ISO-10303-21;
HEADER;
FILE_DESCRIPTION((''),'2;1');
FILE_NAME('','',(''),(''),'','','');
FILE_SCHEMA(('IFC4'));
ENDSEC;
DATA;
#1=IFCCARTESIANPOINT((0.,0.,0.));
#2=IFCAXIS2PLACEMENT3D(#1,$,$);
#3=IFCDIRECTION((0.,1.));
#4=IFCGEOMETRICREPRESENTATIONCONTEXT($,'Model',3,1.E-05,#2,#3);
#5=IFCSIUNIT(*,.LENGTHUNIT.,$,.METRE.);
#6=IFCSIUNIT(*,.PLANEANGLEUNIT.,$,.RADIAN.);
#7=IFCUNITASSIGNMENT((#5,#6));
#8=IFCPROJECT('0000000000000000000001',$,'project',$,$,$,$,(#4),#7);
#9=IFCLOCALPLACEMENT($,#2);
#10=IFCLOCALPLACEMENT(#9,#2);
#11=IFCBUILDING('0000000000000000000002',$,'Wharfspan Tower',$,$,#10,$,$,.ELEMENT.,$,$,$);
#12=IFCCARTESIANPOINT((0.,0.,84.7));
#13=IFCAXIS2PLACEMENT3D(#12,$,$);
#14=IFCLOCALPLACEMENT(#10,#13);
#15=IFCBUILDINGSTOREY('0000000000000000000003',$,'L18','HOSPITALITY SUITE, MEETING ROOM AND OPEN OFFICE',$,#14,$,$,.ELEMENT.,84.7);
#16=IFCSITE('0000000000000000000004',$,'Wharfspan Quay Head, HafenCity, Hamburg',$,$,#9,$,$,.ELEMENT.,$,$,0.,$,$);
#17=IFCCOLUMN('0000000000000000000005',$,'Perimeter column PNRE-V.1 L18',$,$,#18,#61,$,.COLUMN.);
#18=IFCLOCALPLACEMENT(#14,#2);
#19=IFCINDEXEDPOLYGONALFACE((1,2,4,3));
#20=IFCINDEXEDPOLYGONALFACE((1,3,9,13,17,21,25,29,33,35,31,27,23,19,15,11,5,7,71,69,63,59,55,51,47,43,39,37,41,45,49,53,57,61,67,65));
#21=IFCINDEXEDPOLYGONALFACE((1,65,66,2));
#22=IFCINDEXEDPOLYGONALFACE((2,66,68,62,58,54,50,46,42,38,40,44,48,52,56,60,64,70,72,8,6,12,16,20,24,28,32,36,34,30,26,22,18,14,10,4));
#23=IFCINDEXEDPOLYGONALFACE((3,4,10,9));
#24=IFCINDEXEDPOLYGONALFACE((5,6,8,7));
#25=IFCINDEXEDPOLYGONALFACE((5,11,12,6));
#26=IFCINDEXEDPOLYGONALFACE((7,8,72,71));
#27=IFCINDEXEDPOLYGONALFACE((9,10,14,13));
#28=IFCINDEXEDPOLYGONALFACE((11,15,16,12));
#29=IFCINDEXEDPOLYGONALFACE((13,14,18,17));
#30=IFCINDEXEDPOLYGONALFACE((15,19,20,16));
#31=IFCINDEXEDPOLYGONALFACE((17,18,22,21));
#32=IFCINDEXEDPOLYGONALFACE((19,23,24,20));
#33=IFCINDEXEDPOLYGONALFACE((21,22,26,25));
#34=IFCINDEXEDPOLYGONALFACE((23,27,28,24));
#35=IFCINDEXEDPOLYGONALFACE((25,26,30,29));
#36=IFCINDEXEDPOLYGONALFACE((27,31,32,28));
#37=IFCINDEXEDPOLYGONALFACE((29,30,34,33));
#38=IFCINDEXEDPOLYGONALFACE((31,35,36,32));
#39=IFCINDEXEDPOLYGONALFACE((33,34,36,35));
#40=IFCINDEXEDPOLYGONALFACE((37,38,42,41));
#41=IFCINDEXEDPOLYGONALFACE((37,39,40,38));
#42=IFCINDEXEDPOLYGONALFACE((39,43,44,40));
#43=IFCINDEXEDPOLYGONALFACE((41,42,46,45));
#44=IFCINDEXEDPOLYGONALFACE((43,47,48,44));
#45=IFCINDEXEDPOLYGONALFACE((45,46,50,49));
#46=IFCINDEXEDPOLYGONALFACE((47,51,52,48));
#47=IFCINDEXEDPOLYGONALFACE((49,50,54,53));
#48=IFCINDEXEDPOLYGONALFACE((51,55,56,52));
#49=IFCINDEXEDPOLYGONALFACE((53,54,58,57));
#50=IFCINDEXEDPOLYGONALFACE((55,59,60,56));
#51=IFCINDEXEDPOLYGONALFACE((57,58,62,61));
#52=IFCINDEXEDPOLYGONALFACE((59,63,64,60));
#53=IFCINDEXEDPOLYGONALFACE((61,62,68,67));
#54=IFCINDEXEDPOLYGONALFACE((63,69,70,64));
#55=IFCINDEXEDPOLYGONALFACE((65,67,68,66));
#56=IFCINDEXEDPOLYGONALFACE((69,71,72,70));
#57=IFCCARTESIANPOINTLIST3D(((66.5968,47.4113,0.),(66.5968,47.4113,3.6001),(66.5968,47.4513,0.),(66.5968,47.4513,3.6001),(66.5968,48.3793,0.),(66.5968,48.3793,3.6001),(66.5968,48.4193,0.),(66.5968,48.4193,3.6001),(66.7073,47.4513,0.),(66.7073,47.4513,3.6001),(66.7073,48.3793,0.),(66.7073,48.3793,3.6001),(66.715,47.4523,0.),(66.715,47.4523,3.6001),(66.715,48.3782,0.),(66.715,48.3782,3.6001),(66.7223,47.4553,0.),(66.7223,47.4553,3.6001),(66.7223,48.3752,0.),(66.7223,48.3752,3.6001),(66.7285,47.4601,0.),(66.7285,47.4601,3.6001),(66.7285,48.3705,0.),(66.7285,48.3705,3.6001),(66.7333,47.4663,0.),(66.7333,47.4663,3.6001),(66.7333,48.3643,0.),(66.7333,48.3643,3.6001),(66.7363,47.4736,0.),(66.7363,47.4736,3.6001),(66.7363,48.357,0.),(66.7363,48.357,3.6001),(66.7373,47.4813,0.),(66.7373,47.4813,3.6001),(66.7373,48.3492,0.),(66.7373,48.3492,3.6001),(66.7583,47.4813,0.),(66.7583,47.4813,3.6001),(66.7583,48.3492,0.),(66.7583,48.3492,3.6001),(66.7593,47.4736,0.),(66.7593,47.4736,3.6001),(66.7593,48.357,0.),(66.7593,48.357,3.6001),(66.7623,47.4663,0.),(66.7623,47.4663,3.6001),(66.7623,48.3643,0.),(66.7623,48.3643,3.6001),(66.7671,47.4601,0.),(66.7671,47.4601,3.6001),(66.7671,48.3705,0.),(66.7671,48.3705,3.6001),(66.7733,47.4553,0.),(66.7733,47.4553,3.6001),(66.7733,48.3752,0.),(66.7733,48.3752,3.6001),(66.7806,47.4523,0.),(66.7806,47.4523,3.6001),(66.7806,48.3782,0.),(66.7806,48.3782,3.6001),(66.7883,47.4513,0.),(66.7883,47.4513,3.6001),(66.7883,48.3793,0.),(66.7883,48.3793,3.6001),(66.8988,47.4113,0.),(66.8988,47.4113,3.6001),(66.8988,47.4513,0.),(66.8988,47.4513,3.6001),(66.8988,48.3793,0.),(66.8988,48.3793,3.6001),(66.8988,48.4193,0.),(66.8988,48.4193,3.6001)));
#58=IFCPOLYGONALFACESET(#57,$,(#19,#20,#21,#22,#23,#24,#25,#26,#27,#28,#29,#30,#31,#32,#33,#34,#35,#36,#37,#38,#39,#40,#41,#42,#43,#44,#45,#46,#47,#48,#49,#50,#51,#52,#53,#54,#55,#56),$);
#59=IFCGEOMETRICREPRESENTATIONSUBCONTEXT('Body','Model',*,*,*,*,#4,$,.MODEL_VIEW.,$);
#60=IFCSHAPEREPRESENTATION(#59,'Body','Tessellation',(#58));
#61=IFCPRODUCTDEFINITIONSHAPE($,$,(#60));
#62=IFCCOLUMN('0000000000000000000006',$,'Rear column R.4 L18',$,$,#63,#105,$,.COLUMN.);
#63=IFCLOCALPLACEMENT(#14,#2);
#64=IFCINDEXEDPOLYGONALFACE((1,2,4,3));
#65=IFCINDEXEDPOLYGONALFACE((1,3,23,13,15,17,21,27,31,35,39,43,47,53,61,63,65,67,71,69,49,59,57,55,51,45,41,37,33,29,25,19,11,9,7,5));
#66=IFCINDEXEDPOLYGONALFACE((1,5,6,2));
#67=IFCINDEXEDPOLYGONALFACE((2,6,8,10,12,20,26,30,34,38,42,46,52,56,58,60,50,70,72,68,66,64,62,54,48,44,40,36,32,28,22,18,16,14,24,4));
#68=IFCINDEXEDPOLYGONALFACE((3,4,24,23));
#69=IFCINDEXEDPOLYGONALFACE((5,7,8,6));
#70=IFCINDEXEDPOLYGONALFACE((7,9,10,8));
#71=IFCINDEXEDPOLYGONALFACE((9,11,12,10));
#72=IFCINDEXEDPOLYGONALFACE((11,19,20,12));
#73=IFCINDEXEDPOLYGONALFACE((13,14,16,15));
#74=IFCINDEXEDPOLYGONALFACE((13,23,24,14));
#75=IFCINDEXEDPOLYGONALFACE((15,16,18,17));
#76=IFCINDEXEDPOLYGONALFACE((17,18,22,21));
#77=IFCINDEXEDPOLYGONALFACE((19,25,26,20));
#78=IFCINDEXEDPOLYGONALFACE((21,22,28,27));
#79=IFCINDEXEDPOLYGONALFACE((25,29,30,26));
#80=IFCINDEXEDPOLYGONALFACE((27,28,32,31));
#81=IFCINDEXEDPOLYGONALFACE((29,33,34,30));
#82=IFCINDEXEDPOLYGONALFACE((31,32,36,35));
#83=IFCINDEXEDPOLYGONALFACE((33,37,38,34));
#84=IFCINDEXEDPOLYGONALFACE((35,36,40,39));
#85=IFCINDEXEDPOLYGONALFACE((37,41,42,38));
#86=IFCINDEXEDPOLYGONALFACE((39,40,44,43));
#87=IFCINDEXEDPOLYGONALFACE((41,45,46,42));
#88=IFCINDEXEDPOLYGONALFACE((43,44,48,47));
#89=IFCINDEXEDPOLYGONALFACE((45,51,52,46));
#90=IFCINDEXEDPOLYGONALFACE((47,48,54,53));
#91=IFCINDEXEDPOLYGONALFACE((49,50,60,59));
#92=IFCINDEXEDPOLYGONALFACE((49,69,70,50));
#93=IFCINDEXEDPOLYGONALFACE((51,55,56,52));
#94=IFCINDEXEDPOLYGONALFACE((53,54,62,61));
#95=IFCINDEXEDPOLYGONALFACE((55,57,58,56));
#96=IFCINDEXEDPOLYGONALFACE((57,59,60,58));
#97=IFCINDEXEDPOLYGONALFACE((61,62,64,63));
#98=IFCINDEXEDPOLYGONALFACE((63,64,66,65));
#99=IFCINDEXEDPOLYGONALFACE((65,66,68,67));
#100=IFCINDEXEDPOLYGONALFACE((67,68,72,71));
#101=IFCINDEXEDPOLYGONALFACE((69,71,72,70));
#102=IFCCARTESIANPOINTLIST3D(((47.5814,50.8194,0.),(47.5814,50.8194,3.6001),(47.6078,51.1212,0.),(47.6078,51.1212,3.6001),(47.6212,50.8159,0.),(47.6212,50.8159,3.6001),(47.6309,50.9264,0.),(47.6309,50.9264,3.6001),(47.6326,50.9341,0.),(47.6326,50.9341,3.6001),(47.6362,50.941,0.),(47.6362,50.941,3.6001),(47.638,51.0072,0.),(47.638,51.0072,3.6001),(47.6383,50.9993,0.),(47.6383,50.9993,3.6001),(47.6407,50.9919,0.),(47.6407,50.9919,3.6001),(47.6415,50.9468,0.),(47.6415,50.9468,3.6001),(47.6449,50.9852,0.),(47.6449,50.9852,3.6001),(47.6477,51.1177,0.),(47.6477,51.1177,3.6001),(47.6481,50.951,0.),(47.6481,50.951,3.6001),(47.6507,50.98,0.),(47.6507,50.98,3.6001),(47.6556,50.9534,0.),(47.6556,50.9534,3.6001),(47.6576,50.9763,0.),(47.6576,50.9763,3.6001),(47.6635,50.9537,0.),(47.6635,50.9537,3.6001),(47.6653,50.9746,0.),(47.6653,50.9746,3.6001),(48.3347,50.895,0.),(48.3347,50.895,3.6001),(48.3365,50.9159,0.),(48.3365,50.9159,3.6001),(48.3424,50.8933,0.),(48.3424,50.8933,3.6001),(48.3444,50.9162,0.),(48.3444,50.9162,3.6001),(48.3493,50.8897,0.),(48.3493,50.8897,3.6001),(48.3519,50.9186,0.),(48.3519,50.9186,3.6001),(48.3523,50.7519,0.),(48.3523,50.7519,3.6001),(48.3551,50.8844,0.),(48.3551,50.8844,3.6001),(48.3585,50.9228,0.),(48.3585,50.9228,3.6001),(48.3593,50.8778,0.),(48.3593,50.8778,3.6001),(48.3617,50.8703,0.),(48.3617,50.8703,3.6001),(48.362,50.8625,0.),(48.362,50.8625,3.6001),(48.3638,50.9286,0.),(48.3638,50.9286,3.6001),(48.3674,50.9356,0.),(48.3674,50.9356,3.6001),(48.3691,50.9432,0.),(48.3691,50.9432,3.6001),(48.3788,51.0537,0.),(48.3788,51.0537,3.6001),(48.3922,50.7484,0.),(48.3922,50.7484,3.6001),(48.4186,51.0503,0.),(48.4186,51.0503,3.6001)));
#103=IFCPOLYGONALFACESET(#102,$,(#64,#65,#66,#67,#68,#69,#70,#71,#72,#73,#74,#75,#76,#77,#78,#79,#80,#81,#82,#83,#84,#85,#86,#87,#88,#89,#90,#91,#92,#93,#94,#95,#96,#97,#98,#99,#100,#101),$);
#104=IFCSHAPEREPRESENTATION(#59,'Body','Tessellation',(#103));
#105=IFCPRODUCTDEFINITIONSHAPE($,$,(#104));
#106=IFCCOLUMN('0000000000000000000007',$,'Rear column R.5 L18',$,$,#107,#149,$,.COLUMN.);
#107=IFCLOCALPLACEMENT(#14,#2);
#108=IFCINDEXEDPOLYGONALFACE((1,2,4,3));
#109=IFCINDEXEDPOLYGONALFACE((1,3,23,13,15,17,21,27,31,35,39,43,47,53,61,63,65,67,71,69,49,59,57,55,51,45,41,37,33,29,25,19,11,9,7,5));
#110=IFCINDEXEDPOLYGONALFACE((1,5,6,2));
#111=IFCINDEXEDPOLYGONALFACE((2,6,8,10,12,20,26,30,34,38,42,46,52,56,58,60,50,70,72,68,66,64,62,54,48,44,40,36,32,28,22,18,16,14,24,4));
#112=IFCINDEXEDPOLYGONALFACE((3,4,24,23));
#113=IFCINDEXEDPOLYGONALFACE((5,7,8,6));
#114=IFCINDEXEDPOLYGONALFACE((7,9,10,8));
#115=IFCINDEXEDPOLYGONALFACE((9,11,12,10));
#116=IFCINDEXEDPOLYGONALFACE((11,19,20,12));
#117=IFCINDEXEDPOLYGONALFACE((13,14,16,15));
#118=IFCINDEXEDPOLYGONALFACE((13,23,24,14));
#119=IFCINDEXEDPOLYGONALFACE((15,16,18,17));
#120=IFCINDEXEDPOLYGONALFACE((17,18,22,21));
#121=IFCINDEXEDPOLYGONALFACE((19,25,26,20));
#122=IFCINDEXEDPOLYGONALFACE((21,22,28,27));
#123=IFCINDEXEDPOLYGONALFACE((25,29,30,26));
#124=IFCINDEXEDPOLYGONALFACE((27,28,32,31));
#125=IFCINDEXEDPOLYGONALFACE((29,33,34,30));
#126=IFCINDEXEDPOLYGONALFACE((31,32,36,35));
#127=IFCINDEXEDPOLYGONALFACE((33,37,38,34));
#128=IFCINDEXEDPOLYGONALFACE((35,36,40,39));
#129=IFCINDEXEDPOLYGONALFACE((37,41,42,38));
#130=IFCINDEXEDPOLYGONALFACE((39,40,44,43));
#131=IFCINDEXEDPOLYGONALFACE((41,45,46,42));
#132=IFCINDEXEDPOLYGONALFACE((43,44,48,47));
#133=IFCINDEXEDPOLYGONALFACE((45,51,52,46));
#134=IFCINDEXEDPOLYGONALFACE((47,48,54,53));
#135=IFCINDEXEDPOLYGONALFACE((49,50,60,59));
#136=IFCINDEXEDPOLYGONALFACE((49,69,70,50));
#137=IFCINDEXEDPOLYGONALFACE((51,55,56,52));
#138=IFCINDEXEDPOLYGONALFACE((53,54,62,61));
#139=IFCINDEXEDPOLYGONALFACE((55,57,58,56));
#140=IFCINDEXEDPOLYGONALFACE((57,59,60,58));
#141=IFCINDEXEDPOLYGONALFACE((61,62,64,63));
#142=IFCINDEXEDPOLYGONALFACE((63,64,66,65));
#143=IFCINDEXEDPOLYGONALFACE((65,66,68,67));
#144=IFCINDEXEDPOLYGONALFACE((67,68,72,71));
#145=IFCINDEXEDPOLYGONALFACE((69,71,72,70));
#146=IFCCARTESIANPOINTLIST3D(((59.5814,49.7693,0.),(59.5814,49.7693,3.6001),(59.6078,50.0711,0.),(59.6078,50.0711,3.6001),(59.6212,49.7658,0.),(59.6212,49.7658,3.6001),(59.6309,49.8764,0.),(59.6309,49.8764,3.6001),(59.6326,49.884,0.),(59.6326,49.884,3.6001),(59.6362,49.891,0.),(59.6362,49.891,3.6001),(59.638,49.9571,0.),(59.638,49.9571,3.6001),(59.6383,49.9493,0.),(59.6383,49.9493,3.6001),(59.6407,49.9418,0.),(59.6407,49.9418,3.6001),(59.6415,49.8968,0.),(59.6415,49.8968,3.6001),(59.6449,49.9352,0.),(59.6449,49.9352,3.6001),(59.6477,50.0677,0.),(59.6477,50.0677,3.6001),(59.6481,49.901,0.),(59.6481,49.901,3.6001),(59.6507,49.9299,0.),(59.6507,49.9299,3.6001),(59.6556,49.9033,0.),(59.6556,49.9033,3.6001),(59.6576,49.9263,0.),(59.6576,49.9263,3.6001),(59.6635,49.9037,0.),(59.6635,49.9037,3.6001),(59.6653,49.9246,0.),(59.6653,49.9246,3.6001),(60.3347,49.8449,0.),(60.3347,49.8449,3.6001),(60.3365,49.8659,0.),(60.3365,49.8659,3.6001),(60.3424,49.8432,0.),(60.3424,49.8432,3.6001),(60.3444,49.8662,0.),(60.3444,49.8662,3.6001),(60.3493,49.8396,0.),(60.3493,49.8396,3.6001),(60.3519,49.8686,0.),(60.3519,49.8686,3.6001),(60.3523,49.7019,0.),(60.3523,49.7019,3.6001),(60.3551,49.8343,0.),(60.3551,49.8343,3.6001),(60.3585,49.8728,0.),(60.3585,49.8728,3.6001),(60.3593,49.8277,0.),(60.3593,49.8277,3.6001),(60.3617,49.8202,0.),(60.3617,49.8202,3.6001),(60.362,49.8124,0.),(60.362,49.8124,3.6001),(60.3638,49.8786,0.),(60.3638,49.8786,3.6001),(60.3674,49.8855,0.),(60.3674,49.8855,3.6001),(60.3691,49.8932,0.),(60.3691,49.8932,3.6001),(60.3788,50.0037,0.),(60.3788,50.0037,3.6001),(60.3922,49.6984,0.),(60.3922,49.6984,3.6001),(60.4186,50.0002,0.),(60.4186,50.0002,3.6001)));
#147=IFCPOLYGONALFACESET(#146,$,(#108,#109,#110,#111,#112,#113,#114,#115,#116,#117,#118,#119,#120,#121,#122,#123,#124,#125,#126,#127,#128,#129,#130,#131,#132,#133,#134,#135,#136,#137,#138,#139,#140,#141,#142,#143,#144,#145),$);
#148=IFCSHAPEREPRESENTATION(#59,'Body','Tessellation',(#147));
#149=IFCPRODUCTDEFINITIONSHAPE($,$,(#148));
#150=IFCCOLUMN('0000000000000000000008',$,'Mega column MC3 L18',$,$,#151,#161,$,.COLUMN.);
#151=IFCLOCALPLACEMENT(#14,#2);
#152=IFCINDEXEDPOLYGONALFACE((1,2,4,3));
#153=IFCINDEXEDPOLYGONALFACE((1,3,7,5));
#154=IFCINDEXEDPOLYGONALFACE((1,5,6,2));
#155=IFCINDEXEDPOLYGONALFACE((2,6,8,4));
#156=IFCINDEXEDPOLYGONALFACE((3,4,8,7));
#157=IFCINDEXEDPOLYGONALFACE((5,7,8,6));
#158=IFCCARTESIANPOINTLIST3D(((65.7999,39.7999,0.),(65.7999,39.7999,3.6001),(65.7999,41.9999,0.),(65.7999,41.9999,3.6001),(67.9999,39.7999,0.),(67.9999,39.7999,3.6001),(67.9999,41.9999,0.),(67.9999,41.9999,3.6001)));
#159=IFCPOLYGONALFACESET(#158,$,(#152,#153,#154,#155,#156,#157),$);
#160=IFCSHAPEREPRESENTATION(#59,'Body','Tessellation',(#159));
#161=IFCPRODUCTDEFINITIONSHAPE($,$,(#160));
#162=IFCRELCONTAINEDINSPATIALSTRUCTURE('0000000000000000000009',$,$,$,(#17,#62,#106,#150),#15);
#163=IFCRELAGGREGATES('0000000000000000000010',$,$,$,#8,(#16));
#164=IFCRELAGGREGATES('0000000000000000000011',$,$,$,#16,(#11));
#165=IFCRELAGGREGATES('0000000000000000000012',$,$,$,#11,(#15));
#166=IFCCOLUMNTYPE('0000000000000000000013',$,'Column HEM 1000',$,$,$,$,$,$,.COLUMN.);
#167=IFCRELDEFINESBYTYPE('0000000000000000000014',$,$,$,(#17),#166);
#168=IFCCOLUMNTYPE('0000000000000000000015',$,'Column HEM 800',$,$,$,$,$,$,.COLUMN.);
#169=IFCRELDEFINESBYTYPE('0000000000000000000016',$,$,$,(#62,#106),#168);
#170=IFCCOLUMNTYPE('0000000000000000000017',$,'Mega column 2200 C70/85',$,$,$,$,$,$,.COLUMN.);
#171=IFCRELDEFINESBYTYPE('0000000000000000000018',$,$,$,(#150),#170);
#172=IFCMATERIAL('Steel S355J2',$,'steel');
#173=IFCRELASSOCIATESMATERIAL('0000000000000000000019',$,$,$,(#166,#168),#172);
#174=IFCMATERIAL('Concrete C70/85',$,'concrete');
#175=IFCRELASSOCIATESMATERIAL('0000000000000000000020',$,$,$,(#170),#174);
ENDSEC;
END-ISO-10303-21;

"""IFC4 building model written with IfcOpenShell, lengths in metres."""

from ifc_helpers import new_model, si_unit, direction, frame, origin, origin_2d, place, context, subcontext, project, spatial, rectangle, i_section, extrude, material, material_profile, profile_set, type_object, element, save


model = new_model("IFC4")

# Units and contexts
model_context = context("Model", 3, precision=1e-05, world=origin(), true_north=direction((0.0, 1.0)))
body_context = subcontext(model_context, "Body", "Model", "MODEL_VIEW")
ifc_project = project(units=[si_unit("LENGTHUNIT", "METRE"), si_unit("PLANEANGLEUNIT", "RADIAN")], contexts=[model_context])

# Site, building, storey
site_placement = place(None, origin())
site = spatial("IfcSite", under=ifc_project, at=site_placement, Name="Wharfspan Quay Head, HafenCity, Hamburg", CompositionType="ELEMENT", RefElevation=0.0)
building_placement = place(site_placement, origin())
building = spatial("IfcBuilding", under=site, at=building_placement, Name="Wharfspan Tower", CompositionType="ELEMENT")
storey_placement = place(building_placement, frame((0.0, 0.0, 84.7)))
storey = spatial("IfcBuildingStorey", under=building, at=storey_placement, Name="L18", Description="HOSPITALITY SUITE, MEETING ROOM AND OPEN OFFICE", CompositionType="ELEMENT", Elevation=84.7)

# Columns
ifc_material_1 = material(Name="Steel S355J2", Category="steel")
ifc_material_profile_1 = material_profile(ifc_material_1, i_section(OverallWidth=0.302, OverallDepth=1.0081, WebThickness=0.021, FlangeThickness=0.04, FilletRadius=0.03, at=origin_2d()))
ifc_profile_set_1 = profile_set([ifc_material_profile_1], Name="Steel S355J2")
column_type_1 = type_object("IfcColumnType", Name="Column HEM 1000", PredefinedType="COLUMN", material=ifc_profile_set_1)
column_1_placement = place(storey_placement, frame((66.7478, 47.9153, 0.0), z_axis=(0.0, 0.0, 1.0), x_axis=(1.0, 0.0, 0.0)))
element("IfcColumn", 1, at=column_1_placement, inside=storey, type_object=column_type_1, Name="Perimeter column PNRE-V.1 L18", PredefinedType="COLUMN", context=body_context, shape_type="SweptSolid", body=[
    extrude(i_section(OverallWidth=0.302, OverallDepth=1.0081, WebThickness=0.021, FlangeThickness=0.04, FilletRadius=0.03, at=origin_2d()), origin(), (0.0, 0.0, 1.0), 3.6001),
])
ifc_material_profile_2 = material_profile(ifc_material_1, i_section(OverallWidth=0.303, OverallDepth=0.814, WebThickness=0.021, FlangeThickness=0.04, FilletRadius=0.03, at=origin_2d()))
ifc_profile_set_2 = profile_set([ifc_material_profile_2], Name="Steel S355J2")
column_type_2 = type_object("IfcColumnType", Name="Column HEM 800", PredefinedType="COLUMN", material=ifc_profile_set_2)
for number, where, z_axis, x_axis, name in (
    (2, (48.0, 50.9348, 0.0), (0.0, 0.0, 1.0), (0.087156, 0.996197, 0.0), "Rear column R.4 L18"),
    (3, (60.0, 49.8848, 0.0), (0.0, 0.0, 1.0), (0.087156, 0.996197, 0.0), "Rear column R.5 L18"),
):
    element("IfcColumn", number, at=place(storey_placement, frame(where, z_axis=z_axis, x_axis=x_axis)), inside=storey, type_object=column_type_2, Name=name, PredefinedType="COLUMN", context=body_context, shape_type="SweptSolid", body=[
        extrude(i_section(OverallWidth=0.303, OverallDepth=0.814, WebThickness=0.021, FlangeThickness=0.04, FilletRadius=0.03, at=origin_2d()), origin(), (0.0, 0.0, 1.0), 3.6001),
    ])
ifc_material_2 = material(Name="Concrete C70/85", Category="concrete")
ifc_material_profile_3 = material_profile(ifc_material_2, rectangle(XDim=2.2, YDim=2.2, at=origin_2d()))
ifc_profile_set_3 = profile_set([ifc_material_profile_3], Name="Concrete C70/85")
column_type_3 = type_object("IfcColumnType", Name="Mega column 2200 C70/85", PredefinedType="COLUMN", material=ifc_profile_set_3)
column_2_placement = place(storey_placement, frame((66.8999, 40.8999, 0.0), z_axis=(0.0, 0.0, 1.0), x_axis=(1.0, 0.0, 0.0)))
element("IfcColumn", 4, at=column_2_placement, inside=storey, type_object=column_type_3, Name="Mega column MC3 L18", PredefinedType="COLUMN", context=body_context, shape_type="SweptSolid", body=[
    extrude(rectangle(XDim=2.2, YDim=2.2, at=origin_2d()), origin(), (0.0, 0.0, 1.0), 3.6001),
])

save(model, "model.ifc")
